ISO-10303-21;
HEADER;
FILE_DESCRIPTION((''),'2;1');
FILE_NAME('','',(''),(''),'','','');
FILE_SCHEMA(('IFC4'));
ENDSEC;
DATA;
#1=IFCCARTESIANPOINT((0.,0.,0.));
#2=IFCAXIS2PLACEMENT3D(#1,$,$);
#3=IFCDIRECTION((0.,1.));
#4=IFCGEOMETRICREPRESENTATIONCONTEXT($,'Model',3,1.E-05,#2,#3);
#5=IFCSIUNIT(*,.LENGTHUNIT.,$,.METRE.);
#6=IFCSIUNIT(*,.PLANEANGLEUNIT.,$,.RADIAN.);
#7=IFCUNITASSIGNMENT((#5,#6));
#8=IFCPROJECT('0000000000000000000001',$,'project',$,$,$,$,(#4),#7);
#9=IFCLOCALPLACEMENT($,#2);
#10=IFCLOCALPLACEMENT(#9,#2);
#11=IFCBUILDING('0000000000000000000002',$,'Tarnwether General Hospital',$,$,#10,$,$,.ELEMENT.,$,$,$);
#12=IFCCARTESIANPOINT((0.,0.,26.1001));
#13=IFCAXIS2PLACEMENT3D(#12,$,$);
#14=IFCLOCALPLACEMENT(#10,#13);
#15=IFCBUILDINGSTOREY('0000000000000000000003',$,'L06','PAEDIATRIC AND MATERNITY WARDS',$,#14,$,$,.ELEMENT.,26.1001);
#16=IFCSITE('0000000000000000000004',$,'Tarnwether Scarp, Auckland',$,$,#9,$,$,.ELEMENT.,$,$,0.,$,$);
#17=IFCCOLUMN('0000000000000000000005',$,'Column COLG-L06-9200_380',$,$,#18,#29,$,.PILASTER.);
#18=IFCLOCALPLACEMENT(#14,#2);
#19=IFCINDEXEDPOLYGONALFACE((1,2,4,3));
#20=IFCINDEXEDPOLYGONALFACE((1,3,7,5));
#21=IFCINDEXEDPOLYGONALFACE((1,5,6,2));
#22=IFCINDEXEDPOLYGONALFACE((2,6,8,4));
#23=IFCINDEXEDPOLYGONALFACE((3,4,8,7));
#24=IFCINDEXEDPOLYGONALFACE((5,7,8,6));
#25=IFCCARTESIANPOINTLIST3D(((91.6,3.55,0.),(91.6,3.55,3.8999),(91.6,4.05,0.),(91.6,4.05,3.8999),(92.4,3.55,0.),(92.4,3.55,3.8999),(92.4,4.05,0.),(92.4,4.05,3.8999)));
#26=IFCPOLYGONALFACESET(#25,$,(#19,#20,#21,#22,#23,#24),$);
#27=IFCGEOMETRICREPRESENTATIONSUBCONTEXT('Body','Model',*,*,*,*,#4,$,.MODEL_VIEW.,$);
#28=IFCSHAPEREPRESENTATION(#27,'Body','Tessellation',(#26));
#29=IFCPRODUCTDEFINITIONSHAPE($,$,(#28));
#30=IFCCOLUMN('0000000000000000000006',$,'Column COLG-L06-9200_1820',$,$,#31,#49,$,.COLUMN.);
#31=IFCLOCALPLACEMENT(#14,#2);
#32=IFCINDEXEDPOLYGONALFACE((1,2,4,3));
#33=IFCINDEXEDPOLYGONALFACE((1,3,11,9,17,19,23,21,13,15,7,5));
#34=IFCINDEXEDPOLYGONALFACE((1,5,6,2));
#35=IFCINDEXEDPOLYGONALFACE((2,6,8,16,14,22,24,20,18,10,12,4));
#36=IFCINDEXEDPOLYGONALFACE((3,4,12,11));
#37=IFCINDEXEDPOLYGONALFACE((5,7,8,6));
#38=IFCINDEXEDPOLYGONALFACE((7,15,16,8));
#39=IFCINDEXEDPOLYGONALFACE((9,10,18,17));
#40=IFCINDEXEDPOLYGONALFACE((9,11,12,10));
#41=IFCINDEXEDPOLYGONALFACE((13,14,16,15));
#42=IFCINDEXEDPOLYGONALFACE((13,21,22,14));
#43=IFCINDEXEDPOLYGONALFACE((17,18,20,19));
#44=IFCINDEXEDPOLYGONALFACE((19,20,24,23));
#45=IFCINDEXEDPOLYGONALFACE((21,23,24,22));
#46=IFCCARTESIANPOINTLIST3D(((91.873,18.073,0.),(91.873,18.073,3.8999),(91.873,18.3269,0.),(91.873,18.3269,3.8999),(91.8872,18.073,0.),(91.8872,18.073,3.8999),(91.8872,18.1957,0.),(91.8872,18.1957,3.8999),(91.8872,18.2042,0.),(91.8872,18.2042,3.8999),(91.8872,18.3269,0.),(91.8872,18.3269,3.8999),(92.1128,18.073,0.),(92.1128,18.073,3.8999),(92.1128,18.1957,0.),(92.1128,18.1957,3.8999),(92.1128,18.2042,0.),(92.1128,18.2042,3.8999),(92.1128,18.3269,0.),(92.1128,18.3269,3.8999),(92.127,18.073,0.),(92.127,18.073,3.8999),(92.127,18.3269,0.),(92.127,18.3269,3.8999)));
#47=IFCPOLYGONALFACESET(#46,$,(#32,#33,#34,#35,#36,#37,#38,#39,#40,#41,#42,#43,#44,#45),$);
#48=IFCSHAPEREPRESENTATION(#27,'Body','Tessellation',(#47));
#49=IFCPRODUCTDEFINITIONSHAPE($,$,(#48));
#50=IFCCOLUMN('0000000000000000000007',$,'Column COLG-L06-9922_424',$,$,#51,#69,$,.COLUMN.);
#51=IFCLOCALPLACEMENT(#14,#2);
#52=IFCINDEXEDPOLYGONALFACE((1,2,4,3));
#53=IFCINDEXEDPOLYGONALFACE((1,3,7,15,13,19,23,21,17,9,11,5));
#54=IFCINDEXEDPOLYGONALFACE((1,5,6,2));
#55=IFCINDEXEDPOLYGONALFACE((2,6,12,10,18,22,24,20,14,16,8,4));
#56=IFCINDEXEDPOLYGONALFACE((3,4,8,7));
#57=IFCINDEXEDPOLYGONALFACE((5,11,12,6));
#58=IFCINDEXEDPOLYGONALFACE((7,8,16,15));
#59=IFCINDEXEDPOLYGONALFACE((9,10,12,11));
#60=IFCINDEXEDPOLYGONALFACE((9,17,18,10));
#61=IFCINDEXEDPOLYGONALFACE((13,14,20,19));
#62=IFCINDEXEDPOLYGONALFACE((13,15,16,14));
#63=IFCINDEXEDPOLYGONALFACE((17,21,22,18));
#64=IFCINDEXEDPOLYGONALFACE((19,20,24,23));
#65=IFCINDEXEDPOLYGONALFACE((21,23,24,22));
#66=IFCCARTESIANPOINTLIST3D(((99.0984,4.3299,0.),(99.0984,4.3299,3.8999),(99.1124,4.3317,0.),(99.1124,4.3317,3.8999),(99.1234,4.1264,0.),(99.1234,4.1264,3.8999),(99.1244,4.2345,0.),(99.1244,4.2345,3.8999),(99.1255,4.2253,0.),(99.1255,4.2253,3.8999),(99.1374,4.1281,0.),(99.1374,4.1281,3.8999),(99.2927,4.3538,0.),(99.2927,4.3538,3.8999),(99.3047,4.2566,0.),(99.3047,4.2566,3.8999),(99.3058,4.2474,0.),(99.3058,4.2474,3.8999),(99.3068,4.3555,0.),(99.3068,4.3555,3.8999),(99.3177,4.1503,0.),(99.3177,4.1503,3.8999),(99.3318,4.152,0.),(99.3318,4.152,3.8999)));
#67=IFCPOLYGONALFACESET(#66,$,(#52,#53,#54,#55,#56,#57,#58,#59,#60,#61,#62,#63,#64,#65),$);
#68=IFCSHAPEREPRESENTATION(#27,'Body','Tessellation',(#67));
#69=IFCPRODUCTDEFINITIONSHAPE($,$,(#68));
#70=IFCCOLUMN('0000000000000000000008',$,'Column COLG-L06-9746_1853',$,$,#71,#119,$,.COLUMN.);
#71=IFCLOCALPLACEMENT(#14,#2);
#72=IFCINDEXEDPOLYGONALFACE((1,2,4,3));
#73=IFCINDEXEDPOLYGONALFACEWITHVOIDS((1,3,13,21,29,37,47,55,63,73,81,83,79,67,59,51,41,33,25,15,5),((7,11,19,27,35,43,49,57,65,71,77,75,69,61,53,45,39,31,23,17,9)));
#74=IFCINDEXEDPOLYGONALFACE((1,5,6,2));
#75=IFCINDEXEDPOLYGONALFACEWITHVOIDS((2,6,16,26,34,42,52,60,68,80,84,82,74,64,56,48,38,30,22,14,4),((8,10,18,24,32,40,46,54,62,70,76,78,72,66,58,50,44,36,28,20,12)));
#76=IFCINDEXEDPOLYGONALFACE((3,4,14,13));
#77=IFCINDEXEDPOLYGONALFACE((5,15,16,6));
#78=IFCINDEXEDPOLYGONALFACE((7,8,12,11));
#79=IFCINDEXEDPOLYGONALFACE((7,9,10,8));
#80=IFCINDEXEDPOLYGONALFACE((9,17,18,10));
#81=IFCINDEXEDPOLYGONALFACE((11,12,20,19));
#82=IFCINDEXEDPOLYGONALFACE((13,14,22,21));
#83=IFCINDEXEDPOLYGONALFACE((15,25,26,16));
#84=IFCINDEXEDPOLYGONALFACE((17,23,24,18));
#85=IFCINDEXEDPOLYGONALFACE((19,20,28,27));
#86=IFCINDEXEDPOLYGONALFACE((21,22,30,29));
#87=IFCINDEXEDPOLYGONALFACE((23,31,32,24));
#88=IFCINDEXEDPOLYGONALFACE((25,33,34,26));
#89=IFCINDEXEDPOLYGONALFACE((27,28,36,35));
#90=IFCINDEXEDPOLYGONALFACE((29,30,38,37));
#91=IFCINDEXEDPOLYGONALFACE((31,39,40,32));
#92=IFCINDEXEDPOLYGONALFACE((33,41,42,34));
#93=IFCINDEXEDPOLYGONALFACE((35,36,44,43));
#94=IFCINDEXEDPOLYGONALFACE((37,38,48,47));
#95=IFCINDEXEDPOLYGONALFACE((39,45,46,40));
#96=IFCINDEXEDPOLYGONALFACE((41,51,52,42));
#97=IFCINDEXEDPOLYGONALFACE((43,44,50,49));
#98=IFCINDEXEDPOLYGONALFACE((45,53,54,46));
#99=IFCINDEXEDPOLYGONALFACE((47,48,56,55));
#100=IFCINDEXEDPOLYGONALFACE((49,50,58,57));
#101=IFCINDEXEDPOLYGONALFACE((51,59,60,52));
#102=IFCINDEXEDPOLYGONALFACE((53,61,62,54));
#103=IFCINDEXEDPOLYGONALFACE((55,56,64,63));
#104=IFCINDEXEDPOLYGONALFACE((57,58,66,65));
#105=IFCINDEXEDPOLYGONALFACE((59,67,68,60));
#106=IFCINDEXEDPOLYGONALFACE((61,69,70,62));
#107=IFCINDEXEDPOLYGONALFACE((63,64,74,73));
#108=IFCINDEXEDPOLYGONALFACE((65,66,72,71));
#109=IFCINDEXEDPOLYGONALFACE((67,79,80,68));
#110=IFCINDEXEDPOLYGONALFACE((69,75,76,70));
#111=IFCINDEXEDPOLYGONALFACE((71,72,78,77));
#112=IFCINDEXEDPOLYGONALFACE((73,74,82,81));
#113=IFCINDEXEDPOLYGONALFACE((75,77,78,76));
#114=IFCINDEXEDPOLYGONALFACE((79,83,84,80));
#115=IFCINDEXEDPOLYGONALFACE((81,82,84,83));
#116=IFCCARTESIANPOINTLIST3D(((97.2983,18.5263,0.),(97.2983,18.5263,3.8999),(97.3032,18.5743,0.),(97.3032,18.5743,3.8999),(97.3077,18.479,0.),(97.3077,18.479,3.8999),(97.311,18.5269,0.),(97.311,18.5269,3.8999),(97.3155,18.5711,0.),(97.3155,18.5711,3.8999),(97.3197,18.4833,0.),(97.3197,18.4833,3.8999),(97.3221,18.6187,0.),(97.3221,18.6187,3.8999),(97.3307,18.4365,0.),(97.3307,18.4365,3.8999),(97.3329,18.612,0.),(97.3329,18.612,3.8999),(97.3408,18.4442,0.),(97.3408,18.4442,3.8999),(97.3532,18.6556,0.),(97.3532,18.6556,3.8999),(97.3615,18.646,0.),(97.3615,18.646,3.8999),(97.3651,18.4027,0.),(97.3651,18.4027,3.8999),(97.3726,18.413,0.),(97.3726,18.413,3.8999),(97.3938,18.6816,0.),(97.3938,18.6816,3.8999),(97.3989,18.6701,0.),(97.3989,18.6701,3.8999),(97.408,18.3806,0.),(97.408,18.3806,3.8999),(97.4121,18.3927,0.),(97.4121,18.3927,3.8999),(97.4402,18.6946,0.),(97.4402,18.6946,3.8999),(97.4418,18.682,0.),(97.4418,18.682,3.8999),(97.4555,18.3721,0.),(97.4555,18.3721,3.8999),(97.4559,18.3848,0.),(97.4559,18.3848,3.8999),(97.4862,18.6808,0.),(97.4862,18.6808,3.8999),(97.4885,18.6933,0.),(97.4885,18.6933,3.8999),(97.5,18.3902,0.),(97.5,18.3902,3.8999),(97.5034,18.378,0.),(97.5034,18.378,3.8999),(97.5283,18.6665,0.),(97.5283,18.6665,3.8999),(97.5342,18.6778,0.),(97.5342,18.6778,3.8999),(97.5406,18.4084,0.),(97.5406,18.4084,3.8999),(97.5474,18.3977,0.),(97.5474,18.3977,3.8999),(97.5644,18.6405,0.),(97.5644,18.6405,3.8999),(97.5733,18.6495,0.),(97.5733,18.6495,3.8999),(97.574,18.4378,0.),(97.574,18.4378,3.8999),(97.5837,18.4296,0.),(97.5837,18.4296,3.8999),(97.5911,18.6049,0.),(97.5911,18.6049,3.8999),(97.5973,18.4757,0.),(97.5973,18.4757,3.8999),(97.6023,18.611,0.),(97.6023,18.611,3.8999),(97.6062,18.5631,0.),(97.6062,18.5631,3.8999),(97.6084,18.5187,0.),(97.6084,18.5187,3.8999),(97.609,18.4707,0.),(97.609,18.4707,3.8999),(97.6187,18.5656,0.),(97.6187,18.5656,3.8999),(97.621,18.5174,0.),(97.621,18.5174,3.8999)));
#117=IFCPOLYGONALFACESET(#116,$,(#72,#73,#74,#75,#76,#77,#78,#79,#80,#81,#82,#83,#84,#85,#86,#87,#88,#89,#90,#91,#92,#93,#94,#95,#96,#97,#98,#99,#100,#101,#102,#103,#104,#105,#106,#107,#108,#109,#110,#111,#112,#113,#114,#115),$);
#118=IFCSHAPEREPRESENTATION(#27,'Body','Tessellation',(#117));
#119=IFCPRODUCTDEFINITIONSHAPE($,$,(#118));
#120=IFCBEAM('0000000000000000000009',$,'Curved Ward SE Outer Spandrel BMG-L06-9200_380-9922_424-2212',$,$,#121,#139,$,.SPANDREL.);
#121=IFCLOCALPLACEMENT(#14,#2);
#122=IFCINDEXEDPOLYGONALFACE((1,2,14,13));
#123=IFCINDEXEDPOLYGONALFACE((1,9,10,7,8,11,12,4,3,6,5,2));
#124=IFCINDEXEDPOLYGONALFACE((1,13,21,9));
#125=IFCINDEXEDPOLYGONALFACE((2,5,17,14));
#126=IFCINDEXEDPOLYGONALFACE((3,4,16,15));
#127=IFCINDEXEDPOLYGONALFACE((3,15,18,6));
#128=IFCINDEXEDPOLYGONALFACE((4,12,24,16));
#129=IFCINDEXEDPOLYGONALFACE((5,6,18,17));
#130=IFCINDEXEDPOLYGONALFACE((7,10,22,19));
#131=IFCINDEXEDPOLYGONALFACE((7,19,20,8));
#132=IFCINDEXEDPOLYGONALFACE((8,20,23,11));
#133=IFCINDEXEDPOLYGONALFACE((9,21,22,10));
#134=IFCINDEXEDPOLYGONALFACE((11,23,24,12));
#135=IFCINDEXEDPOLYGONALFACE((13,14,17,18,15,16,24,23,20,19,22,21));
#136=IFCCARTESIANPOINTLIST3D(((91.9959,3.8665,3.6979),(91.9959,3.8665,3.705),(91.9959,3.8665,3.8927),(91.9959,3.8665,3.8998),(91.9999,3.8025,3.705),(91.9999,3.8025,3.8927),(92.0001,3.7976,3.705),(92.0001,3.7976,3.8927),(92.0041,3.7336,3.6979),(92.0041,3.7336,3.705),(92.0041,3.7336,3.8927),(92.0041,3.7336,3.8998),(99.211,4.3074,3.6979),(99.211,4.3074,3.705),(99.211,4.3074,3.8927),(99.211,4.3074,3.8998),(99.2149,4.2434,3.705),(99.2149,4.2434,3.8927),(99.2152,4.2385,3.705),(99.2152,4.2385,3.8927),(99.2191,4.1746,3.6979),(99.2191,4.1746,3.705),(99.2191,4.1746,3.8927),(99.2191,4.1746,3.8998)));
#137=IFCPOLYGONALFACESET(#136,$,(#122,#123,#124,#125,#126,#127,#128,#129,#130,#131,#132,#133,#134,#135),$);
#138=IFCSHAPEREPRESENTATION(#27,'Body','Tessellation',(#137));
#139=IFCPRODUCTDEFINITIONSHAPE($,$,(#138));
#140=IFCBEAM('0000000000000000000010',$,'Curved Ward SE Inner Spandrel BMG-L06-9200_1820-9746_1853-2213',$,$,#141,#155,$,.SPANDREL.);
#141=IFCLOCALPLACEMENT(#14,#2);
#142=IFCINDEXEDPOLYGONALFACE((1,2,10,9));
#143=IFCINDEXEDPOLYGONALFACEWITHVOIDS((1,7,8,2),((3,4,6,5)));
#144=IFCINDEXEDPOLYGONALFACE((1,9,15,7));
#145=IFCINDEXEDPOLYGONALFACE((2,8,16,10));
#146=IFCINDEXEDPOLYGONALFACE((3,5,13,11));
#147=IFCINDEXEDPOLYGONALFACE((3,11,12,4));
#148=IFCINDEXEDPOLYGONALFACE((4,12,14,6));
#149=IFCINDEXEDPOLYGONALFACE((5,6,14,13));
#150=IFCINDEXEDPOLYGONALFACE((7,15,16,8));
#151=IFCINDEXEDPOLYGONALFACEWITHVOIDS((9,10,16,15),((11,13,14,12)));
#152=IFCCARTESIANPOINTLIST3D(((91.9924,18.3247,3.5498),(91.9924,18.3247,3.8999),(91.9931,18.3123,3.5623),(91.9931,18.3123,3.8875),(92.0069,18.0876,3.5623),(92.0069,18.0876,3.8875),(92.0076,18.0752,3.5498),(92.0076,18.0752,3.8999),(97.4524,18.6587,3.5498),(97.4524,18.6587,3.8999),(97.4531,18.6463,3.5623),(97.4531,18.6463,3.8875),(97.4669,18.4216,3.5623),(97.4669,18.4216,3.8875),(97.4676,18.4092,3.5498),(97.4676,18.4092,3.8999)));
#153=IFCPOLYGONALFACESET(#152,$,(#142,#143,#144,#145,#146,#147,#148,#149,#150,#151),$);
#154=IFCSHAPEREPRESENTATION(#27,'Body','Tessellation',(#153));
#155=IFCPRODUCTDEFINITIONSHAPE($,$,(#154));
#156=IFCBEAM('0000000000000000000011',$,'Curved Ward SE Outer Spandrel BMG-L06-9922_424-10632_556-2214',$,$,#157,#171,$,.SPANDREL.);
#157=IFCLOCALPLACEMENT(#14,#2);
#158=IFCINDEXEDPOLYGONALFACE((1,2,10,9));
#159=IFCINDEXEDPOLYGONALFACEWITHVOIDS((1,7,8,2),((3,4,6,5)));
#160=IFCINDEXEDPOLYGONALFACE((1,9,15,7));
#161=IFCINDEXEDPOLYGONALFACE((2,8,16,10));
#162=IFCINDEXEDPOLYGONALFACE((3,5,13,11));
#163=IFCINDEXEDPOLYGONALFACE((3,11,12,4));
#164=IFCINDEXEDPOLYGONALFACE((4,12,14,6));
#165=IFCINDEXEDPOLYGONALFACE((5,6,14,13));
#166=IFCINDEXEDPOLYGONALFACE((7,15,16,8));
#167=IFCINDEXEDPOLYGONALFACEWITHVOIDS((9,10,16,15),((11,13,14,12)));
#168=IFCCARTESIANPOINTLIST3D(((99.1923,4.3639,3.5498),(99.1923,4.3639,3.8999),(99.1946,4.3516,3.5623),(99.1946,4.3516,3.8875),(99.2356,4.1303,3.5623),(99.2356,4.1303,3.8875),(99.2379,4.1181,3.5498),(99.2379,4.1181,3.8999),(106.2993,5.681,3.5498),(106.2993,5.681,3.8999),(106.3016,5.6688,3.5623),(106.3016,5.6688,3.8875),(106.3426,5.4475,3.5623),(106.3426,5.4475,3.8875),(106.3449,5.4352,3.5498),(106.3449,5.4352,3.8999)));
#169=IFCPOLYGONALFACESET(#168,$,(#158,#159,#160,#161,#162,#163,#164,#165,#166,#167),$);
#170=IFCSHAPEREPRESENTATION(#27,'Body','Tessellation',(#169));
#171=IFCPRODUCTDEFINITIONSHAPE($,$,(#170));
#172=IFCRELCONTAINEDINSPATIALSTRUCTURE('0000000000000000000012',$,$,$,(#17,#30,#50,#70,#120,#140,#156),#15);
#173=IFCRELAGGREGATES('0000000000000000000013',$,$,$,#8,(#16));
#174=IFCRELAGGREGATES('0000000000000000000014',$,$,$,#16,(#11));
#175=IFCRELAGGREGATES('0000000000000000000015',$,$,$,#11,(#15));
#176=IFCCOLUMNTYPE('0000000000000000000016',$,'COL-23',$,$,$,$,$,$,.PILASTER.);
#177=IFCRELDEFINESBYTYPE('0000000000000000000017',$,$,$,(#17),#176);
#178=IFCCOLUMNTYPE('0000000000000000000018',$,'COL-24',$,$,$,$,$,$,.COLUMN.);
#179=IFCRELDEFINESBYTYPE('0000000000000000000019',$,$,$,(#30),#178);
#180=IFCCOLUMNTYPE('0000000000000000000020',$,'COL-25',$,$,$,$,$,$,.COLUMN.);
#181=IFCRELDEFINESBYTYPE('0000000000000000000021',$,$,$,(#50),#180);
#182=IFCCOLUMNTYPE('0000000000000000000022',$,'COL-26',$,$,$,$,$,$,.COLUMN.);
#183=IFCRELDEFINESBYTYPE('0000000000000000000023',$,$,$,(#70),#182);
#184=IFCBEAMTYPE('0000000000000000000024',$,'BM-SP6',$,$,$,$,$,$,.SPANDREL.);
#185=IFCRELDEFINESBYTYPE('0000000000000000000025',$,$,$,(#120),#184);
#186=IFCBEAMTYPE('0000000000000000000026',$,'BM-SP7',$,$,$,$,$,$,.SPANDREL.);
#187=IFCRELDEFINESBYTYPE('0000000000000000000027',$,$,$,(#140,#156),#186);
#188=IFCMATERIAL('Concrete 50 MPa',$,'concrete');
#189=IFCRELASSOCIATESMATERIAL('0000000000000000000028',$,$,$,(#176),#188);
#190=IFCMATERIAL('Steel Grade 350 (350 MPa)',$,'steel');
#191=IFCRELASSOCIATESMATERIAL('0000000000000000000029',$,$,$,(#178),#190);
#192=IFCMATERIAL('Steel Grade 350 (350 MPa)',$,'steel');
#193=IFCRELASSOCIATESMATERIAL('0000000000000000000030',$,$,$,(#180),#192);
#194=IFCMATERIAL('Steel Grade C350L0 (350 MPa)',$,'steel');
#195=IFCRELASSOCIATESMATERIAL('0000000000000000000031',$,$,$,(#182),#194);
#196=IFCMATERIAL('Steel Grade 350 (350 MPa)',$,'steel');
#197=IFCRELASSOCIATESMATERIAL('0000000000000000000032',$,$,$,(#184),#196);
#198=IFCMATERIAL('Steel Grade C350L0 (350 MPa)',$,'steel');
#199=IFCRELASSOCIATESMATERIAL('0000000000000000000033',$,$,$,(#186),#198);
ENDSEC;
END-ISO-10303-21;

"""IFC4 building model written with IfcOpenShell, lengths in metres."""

from ifc_helpers import new_model, si_unit, direction, frame, origin, origin_2d, place, context, subcontext, project, spatial, rectangle, hollow_rectangle, hollow_circle, i_section, extrude, material, material_profile, profile_set, type_object, element, save


model = new_model("IFC4")

# Units and contexts
model_context = context("Model", 3, precision=1e-05, world=origin(), true_north=direction((0.0, 1.0)))
body_context = subcontext(model_context, "Body", "Model", "MODEL_VIEW")
ifc_project = project(units=[si_unit("LENGTHUNIT", "METRE"), si_unit("PLANEANGLEUNIT", "RADIAN")], contexts=[model_context])

# Site, building, storey
site_placement = place(None, origin())
site = spatial("IfcSite", under=ifc_project, at=site_placement, Name="Tarnwether Scarp, Auckland", CompositionType="ELEMENT", RefElevation=0.0)
building_placement = place(site_placement, origin())
building = spatial("IfcBuilding", under=site, at=building_placement, Name="Tarnwether General Hospital", CompositionType="ELEMENT")
storey_placement = place(building_placement, frame((0.0, 0.0, 26.1001)))
storey = spatial("IfcBuildingStorey", under=building, at=storey_placement, Name="L06", Description="PAEDIATRIC AND MATERNITY WARDS", CompositionType="ELEMENT", Elevation=26.1001)

# Columns
ifc_material_1 = material(Name="Concrete 50 MPa", Category="concrete")
ifc_material_profile_1 = material_profile(ifc_material_1, rectangle(XDim=0.5, YDim=0.8, at=origin_2d()), Name="RC-PIL-500x800")
ifc_profile_set_1 = profile_set([ifc_material_profile_1], Name="Concrete 50 MPa")
column_type_1 = type_object("IfcColumnType", Name="COL-23", PredefinedType="PILASTER", material=ifc_profile_set_1)
column_1_placement = place(storey_placement, frame((92.0, 3.8, 0.0), z_axis=(0.0, 0.0, 1.0), x_axis=(0.0, 1.0, 0.0)))
element("IfcColumn", 1, at=column_1_placement, inside=storey, type_object=column_type_1, Name="Column COLG-L06-9200_380", PredefinedType="PILASTER", context=body_context, shape_type="SweptSolid", body=[
    extrude(rectangle(XDim=0.5, YDim=0.8, at=origin_2d()), origin(), (0.0, 0.0, 1.0), 3.8999),
])
ifc_material_2 = material(Name="Steel Grade 350 (350 MPa)", Category="steel")
ifc_material_profile_2 = material_profile(ifc_material_2, i_section(OverallWidth=0.2539, OverallDepth=0.2539, WebThickness=0.0085, FlangeThickness=0.0142, at=origin_2d()), Name="250UC72.9")
ifc_profile_set_2 = profile_set([ifc_material_profile_2], Name="Steel Grade 350 (350 MPa)")
column_type_2 = type_object("IfcColumnType", Name="COL-24", PredefinedType="COLUMN", material=ifc_profile_set_2)
column_2_placement = place(storey_placement, frame((92.0, 18.2, 0.0), z_axis=(0.0, 0.0, 1.0), x_axis=(0.0, 1.0, 0.0)))
element("IfcColumn", 2, at=column_2_placement, inside=storey, type_object=column_type_2, Name="Column COLG-L06-9200_1820", PredefinedType="COLUMN", context=body_context, shape_type="SweptSolid", body=[
    extrude(i_section(OverallWidth=0.2539, OverallDepth=0.2539, WebThickness=0.0085, FlangeThickness=0.0142, at=origin_2d()), origin(), (0.0, 0.0, 1.0), 3.8999),
])
ifc_material_3 = material(Name="Steel Grade 350 (350 MPa)", Category="steel")
ifc_material_profile_3 = material_profile(ifc_material_3, i_section(OverallWidth=0.2051, OverallDepth=0.21, WebThickness=0.0093, FlangeThickness=0.0142, at=origin_2d()), Name="200UC59.5")
ifc_profile_set_3 = profile_set([ifc_material_profile_3], Name="Steel Grade 350 (350 MPa)")
column_type_3 = type_object("IfcColumnType", Name="COL-25", PredefinedType="COLUMN", material=ifc_profile_set_3)
column_3_placement = place(storey_placement, frame((99.2151, 4.241, 0.0), z_axis=(0.0, 0.0, 1.0), x_axis=(-0.121869, 0.992546, 0.0)))
element("IfcColumn", 3, at=column_3_placement, inside=storey, type_object=column_type_3, Name="Column COLG-L06-9922_424", PredefinedType="COLUMN", context=body_context, shape_type="SweptSolid", body=[
    extrude(i_section(OverallWidth=0.2051, OverallDepth=0.21, WebThickness=0.0093, FlangeThickness=0.0142, at=origin_2d()), origin(), (0.0, 0.0, 1.0), 3.8999),
])
ifc_material_4 = material(Name="Steel Grade C350L0 (350 MPa)", Category="steel")
ifc_material_profile_4 = material_profile(ifc_material_4, hollow_circle(Radius=0.1619, WallThickness=0.0127, at=origin_2d()), Name="CHS323.9x12.7")
ifc_profile_set_4 = profile_set([ifc_material_profile_4], Name="Steel Grade C350L0 (350 MPa)")
column_type_4 = type_object("IfcColumnType", Name="COL-26", PredefinedType="COLUMN", material=ifc_profile_set_4)
column_4_placement = place(storey_placement, frame((97.46, 18.5339, 0.0), z_axis=(0.0, 0.0, 1.0), x_axis=(-0.121869, 0.992546, 0.0)))
element("IfcColumn", 4, at=column_4_placement, inside=storey, type_object=column_type_4, Name="Column COLG-L06-9746_1853", PredefinedType="COLUMN", context=body_context, shape_type="SweptSolid", body=[
    extrude(hollow_circle(Radius=0.1619, WallThickness=0.0127, at=origin_2d()), origin(), (0.0, 0.0, 1.0), 3.8999),
])

# Beams
ifc_material_5 = material(Name="Steel Grade 350 (350 MPa)", Category="steel")
ifc_material_profile_5 = material_profile(ifc_material_5, i_section(OverallWidth=0.1331, OverallDepth=0.2019, WebThickness=0.0049, FlangeThickness=0.0071, at=origin_2d()), Name="200UB22.3")
ifc_profile_set_5 = profile_set([ifc_material_profile_5], Name="Steel Grade 350 (350 MPa)")
beam_type_1 = type_object("IfcBeamType", Name="BM-SP6", PredefinedType="SPANDREL", material=ifc_profile_set_5)
beam_1_placement = place(storey_placement, frame((92.0, 3.8, 3.7988), z_axis=(0.998138, 0.060997, 0.0), x_axis=(-0.060997, 0.998138, 0.0)))
element("IfcBeam", 5, at=beam_1_placement, inside=storey, type_object=beam_type_1, Name="Curved Ward SE Outer Spandrel BMG-L06-9200_380-9922_424-2212", PredefinedType="SPANDREL", context=body_context, shape_type="SweptSolid", body=[
    extrude(i_section(OverallWidth=0.1331, OverallDepth=0.2019, WebThickness=0.0049, FlangeThickness=0.0071, at=origin_2d()), origin(), (0.0, 0.0, 1.0), 7.2285),
])
ifc_material_6 = material(Name="Steel Grade C350L0 (350 MPa)", Category="steel")
ifc_material_profile_6 = material_profile(ifc_material_6, hollow_rectangle(XDim=0.25, YDim=0.3501, WallThickness=0.0125, at=origin_2d()), Name="RHS350x250x12.5")
ifc_profile_set_6 = profile_set([ifc_material_profile_6], Name="Steel Grade C350L0 (350 MPa)")
beam_type_2 = type_object("IfcBeamType", Name="BM-SP7", PredefinedType="SPANDREL", material=ifc_profile_set_6)
beam_2_placement = place(storey_placement, frame((92.0, 18.2, 3.7249), z_axis=(0.998134, 0.061056, 0.0), x_axis=(-0.061056, 0.998134, 0.0)))
element("IfcBeam", 6, at=beam_2_placement, inside=storey, type_object=beam_type_2, Name="Curved Ward SE Inner Spandrel BMG-L06-9200_1820-9746_1853-2213", PredefinedType="SPANDREL", context=body_context, shape_type="SweptSolid", body=[
    extrude(hollow_rectangle(XDim=0.25, YDim=0.3501, WallThickness=0.0125, at=origin_2d()), origin(), (0.0, 0.0, 1.0), 5.4702),
])
beam_3_placement = place(storey_placement, frame((99.2151, 4.241, 3.7249), z_axis=(0.983256, 0.182228, 0.0), x_axis=(-0.182228, 0.983256, 0.0)))
element("IfcBeam", 7, at=beam_3_placement, inside=storey, type_object=beam_type_2, Name="Curved Ward SE Outer Spandrel BMG-L06-9922_424-10632_556-2214", PredefinedType="SPANDREL", context=body_context, shape_type="SweptSolid", body=[
    extrude(hollow_rectangle(XDim=0.25, YDim=0.3501, WallThickness=0.0125, at=origin_2d()), origin(), (0.0, 0.0, 1.0), 7.228),
])

save(model, "model.ifc")
